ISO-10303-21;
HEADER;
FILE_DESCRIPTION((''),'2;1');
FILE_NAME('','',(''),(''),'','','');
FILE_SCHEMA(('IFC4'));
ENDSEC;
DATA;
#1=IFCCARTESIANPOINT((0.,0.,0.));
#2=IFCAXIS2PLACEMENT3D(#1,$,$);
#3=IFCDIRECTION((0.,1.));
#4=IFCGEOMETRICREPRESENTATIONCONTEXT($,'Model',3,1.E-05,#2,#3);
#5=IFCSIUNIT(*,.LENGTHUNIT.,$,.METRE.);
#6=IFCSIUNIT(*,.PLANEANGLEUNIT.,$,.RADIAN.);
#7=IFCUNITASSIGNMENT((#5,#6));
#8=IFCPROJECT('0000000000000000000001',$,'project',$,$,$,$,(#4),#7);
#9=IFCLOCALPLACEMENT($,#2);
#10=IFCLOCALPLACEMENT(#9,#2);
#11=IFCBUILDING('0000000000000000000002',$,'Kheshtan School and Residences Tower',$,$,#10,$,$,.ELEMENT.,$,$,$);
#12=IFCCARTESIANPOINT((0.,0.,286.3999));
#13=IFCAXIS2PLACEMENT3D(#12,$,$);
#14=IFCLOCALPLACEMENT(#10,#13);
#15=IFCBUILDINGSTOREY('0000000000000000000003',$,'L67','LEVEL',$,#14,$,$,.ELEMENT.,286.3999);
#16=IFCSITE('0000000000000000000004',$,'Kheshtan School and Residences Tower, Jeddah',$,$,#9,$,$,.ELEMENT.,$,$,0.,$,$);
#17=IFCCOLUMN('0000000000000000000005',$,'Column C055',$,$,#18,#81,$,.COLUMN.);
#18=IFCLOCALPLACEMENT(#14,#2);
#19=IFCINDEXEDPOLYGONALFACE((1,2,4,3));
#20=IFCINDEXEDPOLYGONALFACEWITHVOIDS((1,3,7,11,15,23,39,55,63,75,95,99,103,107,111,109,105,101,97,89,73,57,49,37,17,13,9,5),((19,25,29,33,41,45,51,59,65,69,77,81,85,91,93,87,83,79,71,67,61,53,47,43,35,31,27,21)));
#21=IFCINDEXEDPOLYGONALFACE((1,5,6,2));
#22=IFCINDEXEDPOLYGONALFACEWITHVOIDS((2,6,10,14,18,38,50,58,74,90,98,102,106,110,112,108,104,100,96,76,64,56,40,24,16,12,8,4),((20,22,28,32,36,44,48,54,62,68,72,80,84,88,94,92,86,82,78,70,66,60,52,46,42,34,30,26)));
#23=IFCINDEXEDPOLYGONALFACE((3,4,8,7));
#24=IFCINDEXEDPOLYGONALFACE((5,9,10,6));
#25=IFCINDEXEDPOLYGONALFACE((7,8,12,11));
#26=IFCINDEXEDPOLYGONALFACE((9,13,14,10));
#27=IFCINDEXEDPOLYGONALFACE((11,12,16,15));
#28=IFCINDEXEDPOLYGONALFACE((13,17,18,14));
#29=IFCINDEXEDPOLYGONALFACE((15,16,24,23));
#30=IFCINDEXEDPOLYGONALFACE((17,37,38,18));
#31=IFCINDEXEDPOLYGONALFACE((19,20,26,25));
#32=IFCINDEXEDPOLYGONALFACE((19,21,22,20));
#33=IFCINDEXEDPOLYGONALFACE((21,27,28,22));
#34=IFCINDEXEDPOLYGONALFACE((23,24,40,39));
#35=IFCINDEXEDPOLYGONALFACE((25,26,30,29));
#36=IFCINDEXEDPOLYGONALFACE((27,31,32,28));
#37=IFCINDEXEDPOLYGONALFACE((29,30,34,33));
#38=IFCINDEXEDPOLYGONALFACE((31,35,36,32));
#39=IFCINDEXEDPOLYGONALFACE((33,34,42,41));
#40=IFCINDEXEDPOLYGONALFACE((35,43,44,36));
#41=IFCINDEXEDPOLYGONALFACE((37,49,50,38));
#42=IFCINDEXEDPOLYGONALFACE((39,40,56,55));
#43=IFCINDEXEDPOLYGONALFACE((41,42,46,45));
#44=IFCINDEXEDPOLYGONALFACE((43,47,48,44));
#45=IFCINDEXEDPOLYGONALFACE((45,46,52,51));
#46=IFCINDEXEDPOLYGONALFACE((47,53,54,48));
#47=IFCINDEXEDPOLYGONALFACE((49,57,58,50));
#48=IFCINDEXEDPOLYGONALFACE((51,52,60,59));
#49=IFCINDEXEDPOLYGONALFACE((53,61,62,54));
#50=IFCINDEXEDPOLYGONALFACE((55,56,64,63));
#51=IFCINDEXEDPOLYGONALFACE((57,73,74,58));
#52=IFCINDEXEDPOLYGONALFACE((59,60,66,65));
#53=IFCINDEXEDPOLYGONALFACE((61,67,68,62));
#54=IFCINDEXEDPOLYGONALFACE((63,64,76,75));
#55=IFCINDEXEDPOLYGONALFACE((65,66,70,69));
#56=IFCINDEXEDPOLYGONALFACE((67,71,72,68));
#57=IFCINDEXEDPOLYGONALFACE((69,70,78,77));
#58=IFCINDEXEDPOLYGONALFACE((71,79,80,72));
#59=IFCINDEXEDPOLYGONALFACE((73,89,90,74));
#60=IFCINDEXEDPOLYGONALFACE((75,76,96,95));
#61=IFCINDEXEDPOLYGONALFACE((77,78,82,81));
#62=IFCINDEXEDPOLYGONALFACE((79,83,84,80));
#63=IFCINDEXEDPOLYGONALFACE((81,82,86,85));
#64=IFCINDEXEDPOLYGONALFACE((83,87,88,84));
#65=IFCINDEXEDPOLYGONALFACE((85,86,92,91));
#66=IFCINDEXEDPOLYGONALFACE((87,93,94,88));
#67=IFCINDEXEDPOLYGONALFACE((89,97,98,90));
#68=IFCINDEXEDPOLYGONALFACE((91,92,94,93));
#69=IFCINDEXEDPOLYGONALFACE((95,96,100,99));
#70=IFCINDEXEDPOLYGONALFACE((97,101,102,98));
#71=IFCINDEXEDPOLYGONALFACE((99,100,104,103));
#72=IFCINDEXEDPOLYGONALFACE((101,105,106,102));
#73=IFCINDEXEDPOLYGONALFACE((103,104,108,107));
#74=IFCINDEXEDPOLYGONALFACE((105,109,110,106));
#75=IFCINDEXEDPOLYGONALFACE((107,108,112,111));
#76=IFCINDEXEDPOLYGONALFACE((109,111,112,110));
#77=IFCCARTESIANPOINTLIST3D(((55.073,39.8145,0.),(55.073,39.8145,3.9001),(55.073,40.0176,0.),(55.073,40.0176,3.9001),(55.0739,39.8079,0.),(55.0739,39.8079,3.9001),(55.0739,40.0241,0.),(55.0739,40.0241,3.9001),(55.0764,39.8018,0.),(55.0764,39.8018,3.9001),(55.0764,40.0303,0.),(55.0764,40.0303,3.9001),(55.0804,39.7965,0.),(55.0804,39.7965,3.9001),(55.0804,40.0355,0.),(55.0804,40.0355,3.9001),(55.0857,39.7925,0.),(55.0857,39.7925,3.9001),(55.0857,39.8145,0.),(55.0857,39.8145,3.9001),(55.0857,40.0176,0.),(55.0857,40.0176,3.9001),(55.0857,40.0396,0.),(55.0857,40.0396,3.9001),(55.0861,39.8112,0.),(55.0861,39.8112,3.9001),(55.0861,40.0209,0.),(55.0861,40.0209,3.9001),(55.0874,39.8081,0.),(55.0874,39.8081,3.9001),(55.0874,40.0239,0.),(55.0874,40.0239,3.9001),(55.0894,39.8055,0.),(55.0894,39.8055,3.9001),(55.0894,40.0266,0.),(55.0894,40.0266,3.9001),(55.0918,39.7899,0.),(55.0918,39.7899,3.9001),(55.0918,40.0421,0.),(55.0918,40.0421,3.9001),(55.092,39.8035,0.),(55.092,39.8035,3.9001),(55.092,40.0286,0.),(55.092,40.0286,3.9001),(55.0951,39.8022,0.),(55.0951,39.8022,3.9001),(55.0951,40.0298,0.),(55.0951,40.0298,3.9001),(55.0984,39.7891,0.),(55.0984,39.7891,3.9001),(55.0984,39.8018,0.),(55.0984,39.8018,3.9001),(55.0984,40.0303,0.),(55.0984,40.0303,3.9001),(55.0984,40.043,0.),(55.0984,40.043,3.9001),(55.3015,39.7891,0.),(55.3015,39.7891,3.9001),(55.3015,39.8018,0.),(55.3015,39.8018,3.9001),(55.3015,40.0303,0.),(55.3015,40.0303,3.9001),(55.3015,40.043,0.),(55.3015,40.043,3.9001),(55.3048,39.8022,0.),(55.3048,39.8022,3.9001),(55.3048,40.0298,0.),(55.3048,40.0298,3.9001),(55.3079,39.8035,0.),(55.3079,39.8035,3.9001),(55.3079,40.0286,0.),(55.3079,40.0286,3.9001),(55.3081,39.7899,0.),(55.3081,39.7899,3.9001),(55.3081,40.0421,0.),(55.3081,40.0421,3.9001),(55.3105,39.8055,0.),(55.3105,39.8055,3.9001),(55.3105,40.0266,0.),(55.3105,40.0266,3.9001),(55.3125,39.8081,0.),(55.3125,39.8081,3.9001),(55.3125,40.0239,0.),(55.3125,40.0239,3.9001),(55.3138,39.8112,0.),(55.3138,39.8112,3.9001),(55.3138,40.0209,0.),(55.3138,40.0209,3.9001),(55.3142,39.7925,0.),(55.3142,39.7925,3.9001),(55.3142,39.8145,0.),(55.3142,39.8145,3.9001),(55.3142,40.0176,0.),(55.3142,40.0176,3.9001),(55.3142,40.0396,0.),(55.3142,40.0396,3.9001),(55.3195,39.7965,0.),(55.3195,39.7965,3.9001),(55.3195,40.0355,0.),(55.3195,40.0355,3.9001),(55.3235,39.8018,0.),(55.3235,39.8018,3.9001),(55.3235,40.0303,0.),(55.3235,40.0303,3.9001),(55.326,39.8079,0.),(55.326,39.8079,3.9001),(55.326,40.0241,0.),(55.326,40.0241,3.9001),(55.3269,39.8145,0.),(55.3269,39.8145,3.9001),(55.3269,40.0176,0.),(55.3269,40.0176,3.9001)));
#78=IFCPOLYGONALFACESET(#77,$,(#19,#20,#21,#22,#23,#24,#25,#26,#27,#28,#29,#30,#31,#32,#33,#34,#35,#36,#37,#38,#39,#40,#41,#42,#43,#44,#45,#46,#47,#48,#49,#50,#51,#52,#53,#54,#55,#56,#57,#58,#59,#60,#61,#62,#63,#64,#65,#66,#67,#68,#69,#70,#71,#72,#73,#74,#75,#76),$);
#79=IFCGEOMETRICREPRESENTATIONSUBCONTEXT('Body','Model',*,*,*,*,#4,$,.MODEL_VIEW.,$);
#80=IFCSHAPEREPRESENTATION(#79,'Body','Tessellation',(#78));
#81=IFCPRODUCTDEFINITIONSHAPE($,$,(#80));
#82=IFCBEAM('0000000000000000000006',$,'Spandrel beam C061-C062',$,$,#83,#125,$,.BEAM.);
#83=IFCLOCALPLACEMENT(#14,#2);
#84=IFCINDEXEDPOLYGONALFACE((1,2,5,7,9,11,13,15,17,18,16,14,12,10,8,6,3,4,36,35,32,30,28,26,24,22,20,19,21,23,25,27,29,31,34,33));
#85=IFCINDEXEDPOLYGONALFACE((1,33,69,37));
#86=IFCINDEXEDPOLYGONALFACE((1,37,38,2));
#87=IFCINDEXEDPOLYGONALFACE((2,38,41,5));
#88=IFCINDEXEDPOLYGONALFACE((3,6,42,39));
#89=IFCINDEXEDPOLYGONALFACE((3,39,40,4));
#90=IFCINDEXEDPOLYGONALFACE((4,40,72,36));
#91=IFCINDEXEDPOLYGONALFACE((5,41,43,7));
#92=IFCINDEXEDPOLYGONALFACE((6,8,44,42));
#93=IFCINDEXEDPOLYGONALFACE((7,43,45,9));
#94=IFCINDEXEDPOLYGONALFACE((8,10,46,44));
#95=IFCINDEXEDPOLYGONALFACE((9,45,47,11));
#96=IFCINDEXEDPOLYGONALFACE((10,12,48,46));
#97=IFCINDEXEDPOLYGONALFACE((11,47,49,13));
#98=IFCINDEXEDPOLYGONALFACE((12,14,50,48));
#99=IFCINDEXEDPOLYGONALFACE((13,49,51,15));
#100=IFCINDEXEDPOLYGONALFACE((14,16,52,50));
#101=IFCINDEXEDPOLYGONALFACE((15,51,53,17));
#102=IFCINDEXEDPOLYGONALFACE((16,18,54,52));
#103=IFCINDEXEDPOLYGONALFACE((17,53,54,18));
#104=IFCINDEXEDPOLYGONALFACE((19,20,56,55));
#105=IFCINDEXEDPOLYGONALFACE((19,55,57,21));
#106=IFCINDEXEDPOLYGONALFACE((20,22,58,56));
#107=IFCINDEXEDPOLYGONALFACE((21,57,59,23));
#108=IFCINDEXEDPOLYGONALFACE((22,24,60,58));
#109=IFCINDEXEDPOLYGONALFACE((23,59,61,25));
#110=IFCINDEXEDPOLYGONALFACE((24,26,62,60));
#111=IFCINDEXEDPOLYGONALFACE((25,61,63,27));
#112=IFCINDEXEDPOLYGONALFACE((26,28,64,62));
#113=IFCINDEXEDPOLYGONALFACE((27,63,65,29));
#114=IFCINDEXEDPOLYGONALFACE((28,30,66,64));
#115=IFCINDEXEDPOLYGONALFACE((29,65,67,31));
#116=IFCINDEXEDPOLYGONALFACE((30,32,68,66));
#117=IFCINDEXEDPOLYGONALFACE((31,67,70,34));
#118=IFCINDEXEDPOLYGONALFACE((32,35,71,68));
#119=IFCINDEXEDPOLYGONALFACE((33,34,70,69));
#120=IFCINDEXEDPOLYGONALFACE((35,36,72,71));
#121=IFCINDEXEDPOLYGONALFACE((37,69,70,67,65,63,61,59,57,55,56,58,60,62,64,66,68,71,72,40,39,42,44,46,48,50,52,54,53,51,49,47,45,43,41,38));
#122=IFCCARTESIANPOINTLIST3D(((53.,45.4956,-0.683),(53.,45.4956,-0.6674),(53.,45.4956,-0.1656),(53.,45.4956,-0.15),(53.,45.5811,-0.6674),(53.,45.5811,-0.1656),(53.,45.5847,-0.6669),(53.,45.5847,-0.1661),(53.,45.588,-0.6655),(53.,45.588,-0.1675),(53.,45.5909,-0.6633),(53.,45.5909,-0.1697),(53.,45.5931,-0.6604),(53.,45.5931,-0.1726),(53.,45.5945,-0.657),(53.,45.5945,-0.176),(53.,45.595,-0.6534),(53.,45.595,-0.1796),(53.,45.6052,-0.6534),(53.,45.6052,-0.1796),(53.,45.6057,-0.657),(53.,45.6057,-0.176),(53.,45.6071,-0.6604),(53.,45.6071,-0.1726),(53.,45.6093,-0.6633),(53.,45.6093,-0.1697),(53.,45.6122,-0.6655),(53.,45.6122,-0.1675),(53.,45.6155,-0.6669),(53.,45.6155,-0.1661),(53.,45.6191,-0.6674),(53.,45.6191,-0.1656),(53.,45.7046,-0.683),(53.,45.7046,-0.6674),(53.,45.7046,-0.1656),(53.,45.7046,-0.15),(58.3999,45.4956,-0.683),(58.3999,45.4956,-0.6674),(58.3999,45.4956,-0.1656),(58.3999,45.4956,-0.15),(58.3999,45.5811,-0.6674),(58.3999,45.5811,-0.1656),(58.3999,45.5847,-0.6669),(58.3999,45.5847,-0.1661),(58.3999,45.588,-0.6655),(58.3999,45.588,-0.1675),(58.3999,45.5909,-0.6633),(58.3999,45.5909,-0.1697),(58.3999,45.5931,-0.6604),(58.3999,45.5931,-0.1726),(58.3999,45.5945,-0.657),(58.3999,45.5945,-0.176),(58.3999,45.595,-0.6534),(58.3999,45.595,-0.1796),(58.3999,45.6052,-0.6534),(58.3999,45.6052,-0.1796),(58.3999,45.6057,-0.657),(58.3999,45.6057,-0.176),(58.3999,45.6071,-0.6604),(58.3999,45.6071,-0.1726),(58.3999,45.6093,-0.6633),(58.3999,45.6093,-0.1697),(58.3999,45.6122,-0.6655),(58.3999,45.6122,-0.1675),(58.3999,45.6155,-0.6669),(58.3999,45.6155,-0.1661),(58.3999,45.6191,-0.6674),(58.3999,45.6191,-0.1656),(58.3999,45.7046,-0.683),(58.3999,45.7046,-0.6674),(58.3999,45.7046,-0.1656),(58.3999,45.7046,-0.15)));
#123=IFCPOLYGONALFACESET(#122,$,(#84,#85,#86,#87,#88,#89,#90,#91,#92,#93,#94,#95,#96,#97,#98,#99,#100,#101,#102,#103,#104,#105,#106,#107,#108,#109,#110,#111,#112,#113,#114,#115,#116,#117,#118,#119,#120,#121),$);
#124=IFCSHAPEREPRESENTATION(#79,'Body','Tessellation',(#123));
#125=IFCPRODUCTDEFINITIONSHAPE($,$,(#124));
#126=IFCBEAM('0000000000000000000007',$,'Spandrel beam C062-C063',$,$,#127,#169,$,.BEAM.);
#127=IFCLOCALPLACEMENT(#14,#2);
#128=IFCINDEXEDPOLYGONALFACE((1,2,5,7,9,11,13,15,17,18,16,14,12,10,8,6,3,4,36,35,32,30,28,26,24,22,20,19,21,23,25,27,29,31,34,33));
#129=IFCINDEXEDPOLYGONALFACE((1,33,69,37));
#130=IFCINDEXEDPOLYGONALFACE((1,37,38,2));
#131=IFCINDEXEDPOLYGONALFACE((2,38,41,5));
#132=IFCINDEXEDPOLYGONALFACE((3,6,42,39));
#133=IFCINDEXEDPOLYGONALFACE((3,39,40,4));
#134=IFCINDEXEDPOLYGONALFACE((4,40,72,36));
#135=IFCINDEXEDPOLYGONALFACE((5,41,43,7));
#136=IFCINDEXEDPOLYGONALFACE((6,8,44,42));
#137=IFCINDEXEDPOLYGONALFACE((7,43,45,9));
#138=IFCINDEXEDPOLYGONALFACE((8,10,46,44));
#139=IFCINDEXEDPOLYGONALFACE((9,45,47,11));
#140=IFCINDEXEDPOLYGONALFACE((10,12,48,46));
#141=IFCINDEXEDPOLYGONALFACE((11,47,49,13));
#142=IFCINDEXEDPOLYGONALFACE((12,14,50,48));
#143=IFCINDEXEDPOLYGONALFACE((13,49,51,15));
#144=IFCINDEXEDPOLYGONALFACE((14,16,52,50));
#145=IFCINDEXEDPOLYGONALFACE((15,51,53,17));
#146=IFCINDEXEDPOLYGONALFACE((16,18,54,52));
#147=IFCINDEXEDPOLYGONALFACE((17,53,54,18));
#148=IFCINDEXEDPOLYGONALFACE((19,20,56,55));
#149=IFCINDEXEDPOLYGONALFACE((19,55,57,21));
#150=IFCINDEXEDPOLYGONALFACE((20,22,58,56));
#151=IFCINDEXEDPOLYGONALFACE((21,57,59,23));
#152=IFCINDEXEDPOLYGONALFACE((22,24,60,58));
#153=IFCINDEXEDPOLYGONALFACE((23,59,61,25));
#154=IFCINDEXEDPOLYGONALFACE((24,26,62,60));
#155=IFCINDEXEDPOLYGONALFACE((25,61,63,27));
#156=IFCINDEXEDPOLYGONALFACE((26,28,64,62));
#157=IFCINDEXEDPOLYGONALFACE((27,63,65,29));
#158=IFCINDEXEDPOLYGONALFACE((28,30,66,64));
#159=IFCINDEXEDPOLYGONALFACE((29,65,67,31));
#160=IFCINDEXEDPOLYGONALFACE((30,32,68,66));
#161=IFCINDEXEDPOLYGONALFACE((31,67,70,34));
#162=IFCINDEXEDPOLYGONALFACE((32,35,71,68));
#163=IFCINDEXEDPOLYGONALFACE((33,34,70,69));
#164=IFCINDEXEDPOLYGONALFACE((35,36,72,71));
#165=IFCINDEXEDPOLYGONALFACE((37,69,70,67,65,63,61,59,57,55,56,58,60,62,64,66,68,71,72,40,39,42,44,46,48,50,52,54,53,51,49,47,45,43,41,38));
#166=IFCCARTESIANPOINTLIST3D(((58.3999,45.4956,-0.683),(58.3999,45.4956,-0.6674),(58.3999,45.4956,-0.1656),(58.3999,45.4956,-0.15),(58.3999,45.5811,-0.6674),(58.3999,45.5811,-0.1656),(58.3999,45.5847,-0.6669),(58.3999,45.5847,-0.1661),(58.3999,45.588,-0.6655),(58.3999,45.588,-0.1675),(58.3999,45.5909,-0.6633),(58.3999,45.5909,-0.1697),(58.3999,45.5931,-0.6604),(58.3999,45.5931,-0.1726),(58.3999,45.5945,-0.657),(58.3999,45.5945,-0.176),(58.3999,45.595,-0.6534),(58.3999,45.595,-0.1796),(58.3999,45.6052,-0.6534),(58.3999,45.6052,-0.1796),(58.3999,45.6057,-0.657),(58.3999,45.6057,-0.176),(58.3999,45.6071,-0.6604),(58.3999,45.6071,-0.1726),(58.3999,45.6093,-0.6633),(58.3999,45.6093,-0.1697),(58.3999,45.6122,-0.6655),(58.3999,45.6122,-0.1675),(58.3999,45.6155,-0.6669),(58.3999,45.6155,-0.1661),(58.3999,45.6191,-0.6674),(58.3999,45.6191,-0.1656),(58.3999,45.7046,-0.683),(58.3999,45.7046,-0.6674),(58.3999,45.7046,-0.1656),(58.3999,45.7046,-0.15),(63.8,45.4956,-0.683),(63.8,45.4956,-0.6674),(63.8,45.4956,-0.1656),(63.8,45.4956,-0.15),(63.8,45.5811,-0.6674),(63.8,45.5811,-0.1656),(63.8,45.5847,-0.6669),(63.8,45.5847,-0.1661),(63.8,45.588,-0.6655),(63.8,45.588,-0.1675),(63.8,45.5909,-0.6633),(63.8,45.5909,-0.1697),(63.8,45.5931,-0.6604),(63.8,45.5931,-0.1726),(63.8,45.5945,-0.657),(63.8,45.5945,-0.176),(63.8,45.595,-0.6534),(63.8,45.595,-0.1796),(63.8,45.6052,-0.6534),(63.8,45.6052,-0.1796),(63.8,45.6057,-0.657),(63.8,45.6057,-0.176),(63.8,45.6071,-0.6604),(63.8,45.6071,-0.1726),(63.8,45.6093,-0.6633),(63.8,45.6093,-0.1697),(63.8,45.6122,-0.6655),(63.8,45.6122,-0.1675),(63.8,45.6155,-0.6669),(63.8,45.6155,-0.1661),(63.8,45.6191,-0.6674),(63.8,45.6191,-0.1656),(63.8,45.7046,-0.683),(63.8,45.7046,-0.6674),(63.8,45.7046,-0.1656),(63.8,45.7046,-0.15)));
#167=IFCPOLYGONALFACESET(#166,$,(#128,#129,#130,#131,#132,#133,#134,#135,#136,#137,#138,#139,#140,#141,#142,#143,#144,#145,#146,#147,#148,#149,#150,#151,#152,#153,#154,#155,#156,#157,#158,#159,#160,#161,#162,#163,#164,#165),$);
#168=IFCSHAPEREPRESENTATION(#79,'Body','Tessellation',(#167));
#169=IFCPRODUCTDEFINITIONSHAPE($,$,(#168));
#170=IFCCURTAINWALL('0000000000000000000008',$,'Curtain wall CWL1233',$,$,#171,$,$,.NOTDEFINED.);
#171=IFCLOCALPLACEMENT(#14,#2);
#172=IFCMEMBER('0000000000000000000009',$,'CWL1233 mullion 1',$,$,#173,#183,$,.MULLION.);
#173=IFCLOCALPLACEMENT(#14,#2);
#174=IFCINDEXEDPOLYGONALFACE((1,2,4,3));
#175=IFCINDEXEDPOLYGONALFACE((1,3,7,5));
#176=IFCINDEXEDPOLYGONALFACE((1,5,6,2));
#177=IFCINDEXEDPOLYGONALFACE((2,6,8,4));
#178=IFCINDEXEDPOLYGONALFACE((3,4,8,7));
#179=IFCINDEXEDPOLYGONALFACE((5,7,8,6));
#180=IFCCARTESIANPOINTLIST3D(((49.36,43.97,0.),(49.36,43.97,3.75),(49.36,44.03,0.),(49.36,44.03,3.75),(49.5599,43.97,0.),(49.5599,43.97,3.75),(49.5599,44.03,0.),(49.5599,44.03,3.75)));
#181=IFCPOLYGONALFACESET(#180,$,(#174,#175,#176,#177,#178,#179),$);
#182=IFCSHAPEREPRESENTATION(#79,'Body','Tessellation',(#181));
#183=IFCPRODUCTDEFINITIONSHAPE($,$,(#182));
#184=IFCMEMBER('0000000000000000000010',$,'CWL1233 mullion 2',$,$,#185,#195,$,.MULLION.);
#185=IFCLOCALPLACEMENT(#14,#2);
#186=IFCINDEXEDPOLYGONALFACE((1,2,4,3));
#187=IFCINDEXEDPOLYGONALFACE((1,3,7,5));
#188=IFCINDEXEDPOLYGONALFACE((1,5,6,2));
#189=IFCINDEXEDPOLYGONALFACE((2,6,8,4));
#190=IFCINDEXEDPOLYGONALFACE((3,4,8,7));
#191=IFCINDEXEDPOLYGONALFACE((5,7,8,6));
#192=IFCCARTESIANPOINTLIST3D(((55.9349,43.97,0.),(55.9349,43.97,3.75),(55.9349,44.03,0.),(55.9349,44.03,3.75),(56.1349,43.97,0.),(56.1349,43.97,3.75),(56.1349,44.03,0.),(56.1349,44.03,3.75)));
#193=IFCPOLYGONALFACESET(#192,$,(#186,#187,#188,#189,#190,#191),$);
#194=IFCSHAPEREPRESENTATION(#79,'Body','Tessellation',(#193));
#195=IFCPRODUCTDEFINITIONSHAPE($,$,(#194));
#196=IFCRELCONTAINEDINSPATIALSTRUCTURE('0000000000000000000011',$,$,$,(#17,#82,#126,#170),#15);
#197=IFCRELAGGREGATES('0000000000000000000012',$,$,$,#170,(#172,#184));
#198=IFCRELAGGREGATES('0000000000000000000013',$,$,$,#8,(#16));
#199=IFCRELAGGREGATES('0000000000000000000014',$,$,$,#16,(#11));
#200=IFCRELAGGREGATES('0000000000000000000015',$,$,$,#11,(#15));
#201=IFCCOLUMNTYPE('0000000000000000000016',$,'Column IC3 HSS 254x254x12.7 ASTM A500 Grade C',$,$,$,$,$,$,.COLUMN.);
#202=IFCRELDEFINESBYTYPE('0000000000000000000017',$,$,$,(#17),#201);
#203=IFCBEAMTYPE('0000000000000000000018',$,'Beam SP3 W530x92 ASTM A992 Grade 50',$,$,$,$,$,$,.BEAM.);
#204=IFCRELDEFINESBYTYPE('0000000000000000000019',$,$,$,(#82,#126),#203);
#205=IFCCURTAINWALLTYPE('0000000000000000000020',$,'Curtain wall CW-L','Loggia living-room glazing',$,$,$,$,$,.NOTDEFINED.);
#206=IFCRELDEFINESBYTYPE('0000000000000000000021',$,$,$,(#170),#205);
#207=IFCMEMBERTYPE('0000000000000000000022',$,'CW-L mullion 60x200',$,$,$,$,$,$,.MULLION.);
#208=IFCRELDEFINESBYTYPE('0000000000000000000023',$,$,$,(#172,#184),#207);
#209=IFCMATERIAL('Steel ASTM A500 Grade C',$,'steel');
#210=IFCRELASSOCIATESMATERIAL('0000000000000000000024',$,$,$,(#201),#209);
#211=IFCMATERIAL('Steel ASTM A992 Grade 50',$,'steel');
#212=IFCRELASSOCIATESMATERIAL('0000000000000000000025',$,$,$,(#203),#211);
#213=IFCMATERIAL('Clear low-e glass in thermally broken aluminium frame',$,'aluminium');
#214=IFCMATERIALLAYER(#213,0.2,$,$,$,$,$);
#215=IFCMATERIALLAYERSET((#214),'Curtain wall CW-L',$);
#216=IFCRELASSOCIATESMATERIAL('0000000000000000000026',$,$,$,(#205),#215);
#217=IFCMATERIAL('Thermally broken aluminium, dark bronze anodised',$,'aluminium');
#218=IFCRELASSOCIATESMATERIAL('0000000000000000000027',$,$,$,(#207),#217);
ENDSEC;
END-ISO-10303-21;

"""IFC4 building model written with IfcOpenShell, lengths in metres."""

from ifc_helpers import new_model, si_unit, direction, frame, origin, origin_2d, place, context, subcontext, project, spatial, rectangle, hollow_rectangle, i_section, extrude, material, layer, layer_set, material_profile, profile_set, type_object, element, aggregate, save


model = new_model("IFC4")

# Units and contexts
model_context = context("Model", 3, precision=1e-05, world=origin(), true_north=direction((0.0, 1.0)))
body_context = subcontext(model_context, "Body", "Model", "MODEL_VIEW")
ifc_project = project(units=[si_unit("LENGTHUNIT", "METRE"), si_unit("PLANEANGLEUNIT", "RADIAN")], contexts=[model_context])

# Site, building, storey
site_placement = place(None, origin())
site = spatial("IfcSite", under=ifc_project, at=site_placement, Name="Kheshtan School and Residences Tower, Jeddah", CompositionType="ELEMENT", RefElevation=0.0)
building_placement = place(site_placement, origin())
building = spatial("IfcBuilding", under=site, at=building_placement, Name="Kheshtan School and Residences Tower", CompositionType="ELEMENT")
storey_placement = place(building_placement, frame((0.0, 0.0, 286.3999)))
storey = spatial("IfcBuildingStorey", under=building, at=storey_placement, Name="L67", Description="LEVEL", CompositionType="ELEMENT", Elevation=286.3999)

# Column
ifc_material_1 = material(Name="Steel ASTM A992 Grade 50", Category="steel")
ifc_material_2 = material(Name="Steel ASTM A500 Grade C", Category="steel")
ifc_material_profile_1 = material_profile(ifc_material_2, hollow_rectangle(XDim=0.2539, YDim=0.2539, WallThickness=0.0127, InnerFilletRadius=0.0127, OuterFilletRadius=0.0254, at=origin_2d()), Name="HSS 254x254x12.7")
ifc_profile_set_1 = profile_set([ifc_material_profile_1], Name="Steel ASTM A500 Grade C")
column_type_1 = type_object("IfcColumnType", Name="Column IC3 HSS 254x254x12.7 ASTM A500 Grade C", PredefinedType="COLUMN", material=ifc_profile_set_1)
column_placement = place(storey_placement, frame((55.2, 39.916, 0.0), z_axis=(0.0, 0.0, 1.0), x_axis=(1.0, 0.0, 0.0)))
element("IfcColumn", 1, at=column_placement, inside=storey, type_object=column_type_1, Name="Column C055", PredefinedType="COLUMN", context=body_context, shape_type="SweptSolid", body=[
    extrude(hollow_rectangle(XDim=0.2539, YDim=0.2539, WallThickness=0.0127, InnerFilletRadius=0.0127, OuterFilletRadius=0.0254, at=origin_2d()), origin(), (0.0, 0.0, 1.0), 3.9001),
])

# Beams
ifc_material_profile_2 = material_profile(ifc_material_1, i_section(OverallWidth=0.209, OverallDepth=0.533, WebThickness=0.0103, FlangeThickness=0.0156, FilletRadius=0.0139, at=origin_2d()), Name="W530x92")
ifc_profile_set_2 = profile_set([ifc_material_profile_2], Name="Steel ASTM A992 Grade 50")
beam_type_1 = type_object("IfcBeamType", Name="Beam SP3 W530x92 ASTM A992 Grade 50", PredefinedType="BEAM", material=ifc_profile_set_2)
beam_1_placement = place(storey_placement, frame((53.0, 45.6001, -0.4165), z_axis=(1.0, 0.0, 0.0), x_axis=(0.0, 1.0, 0.0)))
element("IfcBeam", 2, at=beam_1_placement, inside=storey, type_object=beam_type_1, Name="Spandrel beam C061-C062", PredefinedType="BEAM", context=body_context, shape_type="SweptSolid", body=[
    extrude(i_section(OverallWidth=0.209, OverallDepth=0.533, WebThickness=0.0103, FlangeThickness=0.0156, FilletRadius=0.0139, at=origin_2d()), origin(), (0.0, 0.0, 1.0), 5.3999),
])
beam_2_placement = place(storey_placement, frame((58.3999, 45.6001, -0.4165), z_axis=(1.0, 0.0, 0.0), x_axis=(0.0, 1.0, 0.0)))
element("IfcBeam", 3, at=beam_2_placement, inside=storey, type_object=beam_type_1, Name="Spandrel beam C062-C063", PredefinedType="BEAM", context=body_context, shape_type="SweptSolid", body=[
    extrude(i_section(OverallWidth=0.209, OverallDepth=0.533, WebThickness=0.0103, FlangeThickness=0.0156, FilletRadius=0.0139, at=origin_2d()), origin(), (0.0, 0.0, 1.0), 5.4001),
])

# Curtain wall, members
ifc_material_3 = material(Name="Clear low-e glass in thermally broken aluminium frame", Category="aluminium")
ifc_layer_1 = layer(ifc_material_3, 0.2)
ifc_layer_set_1 = layer_set([ifc_layer_1], Name="Curtain wall CW-L")
curtain_wall_type = type_object("IfcCurtainWallType", Name="Curtain wall CW-L", Description="Loggia living-room glazing", PredefinedType="NOTDEFINED", material=ifc_layer_set_1)
curtain_wall_1_placement = place(storey_placement, origin())
curtain_wall_1 = element("IfcCurtainWall", 4, at=curtain_wall_1_placement, inside=storey, type_object=curtain_wall_type, Name="Curtain wall CWL1233", PredefinedType="NOTDEFINED")
ifc_material_4 = material(Name="Thermally broken aluminium, dark bronze anodised", Category="aluminium")
ifc_material_profile_3 = material_profile(ifc_material_4, rectangle(XDim=0.0601, YDim=0.2, at=origin_2d()), Name="CW-L mullion 60x200")
ifc_profile_set_3 = profile_set([ifc_material_profile_3], Name="Thermally broken aluminium, dark bronze anodised")
member_type_1 = type_object("IfcMemberType", Name="CW-L mullion 60x200", PredefinedType="MULLION", material=ifc_profile_set_3)
member_1_placement = place(storey_placement, frame((49.46, 44.0, 0.0), z_axis=(0.0, 0.0, 1.0), x_axis=(0.0, 1.0, 0.0)))
member_1 = element("IfcMember", 5, at=member_1_placement, type_object=member_type_1, Name="CWL1233 mullion 1", PredefinedType="MULLION", context=body_context, shape_type="SweptSolid", body=[
    extrude(rectangle(XDim=0.0601, YDim=0.2, at=origin_2d()), origin(), (0.0, 0.0, 1.0), 3.75),
])
member_2_placement = place(storey_placement, frame((56.0349, 44.0, 0.0), z_axis=(0.0, 0.0, 1.0), x_axis=(0.0, 1.0, 0.0)))
member_2 = element("IfcMember", 6, at=member_2_placement, type_object=member_type_1, Name="CWL1233 mullion 2", PredefinedType="MULLION", context=body_context, shape_type="SweptSolid", body=[
    extrude(rectangle(XDim=0.0601, YDim=0.2, at=origin_2d()), origin(), (0.0, 0.0, 1.0), 3.75),
])

aggregate(curtain_wall_1, [member_1, member_2])

save(model, "model.ifc")
